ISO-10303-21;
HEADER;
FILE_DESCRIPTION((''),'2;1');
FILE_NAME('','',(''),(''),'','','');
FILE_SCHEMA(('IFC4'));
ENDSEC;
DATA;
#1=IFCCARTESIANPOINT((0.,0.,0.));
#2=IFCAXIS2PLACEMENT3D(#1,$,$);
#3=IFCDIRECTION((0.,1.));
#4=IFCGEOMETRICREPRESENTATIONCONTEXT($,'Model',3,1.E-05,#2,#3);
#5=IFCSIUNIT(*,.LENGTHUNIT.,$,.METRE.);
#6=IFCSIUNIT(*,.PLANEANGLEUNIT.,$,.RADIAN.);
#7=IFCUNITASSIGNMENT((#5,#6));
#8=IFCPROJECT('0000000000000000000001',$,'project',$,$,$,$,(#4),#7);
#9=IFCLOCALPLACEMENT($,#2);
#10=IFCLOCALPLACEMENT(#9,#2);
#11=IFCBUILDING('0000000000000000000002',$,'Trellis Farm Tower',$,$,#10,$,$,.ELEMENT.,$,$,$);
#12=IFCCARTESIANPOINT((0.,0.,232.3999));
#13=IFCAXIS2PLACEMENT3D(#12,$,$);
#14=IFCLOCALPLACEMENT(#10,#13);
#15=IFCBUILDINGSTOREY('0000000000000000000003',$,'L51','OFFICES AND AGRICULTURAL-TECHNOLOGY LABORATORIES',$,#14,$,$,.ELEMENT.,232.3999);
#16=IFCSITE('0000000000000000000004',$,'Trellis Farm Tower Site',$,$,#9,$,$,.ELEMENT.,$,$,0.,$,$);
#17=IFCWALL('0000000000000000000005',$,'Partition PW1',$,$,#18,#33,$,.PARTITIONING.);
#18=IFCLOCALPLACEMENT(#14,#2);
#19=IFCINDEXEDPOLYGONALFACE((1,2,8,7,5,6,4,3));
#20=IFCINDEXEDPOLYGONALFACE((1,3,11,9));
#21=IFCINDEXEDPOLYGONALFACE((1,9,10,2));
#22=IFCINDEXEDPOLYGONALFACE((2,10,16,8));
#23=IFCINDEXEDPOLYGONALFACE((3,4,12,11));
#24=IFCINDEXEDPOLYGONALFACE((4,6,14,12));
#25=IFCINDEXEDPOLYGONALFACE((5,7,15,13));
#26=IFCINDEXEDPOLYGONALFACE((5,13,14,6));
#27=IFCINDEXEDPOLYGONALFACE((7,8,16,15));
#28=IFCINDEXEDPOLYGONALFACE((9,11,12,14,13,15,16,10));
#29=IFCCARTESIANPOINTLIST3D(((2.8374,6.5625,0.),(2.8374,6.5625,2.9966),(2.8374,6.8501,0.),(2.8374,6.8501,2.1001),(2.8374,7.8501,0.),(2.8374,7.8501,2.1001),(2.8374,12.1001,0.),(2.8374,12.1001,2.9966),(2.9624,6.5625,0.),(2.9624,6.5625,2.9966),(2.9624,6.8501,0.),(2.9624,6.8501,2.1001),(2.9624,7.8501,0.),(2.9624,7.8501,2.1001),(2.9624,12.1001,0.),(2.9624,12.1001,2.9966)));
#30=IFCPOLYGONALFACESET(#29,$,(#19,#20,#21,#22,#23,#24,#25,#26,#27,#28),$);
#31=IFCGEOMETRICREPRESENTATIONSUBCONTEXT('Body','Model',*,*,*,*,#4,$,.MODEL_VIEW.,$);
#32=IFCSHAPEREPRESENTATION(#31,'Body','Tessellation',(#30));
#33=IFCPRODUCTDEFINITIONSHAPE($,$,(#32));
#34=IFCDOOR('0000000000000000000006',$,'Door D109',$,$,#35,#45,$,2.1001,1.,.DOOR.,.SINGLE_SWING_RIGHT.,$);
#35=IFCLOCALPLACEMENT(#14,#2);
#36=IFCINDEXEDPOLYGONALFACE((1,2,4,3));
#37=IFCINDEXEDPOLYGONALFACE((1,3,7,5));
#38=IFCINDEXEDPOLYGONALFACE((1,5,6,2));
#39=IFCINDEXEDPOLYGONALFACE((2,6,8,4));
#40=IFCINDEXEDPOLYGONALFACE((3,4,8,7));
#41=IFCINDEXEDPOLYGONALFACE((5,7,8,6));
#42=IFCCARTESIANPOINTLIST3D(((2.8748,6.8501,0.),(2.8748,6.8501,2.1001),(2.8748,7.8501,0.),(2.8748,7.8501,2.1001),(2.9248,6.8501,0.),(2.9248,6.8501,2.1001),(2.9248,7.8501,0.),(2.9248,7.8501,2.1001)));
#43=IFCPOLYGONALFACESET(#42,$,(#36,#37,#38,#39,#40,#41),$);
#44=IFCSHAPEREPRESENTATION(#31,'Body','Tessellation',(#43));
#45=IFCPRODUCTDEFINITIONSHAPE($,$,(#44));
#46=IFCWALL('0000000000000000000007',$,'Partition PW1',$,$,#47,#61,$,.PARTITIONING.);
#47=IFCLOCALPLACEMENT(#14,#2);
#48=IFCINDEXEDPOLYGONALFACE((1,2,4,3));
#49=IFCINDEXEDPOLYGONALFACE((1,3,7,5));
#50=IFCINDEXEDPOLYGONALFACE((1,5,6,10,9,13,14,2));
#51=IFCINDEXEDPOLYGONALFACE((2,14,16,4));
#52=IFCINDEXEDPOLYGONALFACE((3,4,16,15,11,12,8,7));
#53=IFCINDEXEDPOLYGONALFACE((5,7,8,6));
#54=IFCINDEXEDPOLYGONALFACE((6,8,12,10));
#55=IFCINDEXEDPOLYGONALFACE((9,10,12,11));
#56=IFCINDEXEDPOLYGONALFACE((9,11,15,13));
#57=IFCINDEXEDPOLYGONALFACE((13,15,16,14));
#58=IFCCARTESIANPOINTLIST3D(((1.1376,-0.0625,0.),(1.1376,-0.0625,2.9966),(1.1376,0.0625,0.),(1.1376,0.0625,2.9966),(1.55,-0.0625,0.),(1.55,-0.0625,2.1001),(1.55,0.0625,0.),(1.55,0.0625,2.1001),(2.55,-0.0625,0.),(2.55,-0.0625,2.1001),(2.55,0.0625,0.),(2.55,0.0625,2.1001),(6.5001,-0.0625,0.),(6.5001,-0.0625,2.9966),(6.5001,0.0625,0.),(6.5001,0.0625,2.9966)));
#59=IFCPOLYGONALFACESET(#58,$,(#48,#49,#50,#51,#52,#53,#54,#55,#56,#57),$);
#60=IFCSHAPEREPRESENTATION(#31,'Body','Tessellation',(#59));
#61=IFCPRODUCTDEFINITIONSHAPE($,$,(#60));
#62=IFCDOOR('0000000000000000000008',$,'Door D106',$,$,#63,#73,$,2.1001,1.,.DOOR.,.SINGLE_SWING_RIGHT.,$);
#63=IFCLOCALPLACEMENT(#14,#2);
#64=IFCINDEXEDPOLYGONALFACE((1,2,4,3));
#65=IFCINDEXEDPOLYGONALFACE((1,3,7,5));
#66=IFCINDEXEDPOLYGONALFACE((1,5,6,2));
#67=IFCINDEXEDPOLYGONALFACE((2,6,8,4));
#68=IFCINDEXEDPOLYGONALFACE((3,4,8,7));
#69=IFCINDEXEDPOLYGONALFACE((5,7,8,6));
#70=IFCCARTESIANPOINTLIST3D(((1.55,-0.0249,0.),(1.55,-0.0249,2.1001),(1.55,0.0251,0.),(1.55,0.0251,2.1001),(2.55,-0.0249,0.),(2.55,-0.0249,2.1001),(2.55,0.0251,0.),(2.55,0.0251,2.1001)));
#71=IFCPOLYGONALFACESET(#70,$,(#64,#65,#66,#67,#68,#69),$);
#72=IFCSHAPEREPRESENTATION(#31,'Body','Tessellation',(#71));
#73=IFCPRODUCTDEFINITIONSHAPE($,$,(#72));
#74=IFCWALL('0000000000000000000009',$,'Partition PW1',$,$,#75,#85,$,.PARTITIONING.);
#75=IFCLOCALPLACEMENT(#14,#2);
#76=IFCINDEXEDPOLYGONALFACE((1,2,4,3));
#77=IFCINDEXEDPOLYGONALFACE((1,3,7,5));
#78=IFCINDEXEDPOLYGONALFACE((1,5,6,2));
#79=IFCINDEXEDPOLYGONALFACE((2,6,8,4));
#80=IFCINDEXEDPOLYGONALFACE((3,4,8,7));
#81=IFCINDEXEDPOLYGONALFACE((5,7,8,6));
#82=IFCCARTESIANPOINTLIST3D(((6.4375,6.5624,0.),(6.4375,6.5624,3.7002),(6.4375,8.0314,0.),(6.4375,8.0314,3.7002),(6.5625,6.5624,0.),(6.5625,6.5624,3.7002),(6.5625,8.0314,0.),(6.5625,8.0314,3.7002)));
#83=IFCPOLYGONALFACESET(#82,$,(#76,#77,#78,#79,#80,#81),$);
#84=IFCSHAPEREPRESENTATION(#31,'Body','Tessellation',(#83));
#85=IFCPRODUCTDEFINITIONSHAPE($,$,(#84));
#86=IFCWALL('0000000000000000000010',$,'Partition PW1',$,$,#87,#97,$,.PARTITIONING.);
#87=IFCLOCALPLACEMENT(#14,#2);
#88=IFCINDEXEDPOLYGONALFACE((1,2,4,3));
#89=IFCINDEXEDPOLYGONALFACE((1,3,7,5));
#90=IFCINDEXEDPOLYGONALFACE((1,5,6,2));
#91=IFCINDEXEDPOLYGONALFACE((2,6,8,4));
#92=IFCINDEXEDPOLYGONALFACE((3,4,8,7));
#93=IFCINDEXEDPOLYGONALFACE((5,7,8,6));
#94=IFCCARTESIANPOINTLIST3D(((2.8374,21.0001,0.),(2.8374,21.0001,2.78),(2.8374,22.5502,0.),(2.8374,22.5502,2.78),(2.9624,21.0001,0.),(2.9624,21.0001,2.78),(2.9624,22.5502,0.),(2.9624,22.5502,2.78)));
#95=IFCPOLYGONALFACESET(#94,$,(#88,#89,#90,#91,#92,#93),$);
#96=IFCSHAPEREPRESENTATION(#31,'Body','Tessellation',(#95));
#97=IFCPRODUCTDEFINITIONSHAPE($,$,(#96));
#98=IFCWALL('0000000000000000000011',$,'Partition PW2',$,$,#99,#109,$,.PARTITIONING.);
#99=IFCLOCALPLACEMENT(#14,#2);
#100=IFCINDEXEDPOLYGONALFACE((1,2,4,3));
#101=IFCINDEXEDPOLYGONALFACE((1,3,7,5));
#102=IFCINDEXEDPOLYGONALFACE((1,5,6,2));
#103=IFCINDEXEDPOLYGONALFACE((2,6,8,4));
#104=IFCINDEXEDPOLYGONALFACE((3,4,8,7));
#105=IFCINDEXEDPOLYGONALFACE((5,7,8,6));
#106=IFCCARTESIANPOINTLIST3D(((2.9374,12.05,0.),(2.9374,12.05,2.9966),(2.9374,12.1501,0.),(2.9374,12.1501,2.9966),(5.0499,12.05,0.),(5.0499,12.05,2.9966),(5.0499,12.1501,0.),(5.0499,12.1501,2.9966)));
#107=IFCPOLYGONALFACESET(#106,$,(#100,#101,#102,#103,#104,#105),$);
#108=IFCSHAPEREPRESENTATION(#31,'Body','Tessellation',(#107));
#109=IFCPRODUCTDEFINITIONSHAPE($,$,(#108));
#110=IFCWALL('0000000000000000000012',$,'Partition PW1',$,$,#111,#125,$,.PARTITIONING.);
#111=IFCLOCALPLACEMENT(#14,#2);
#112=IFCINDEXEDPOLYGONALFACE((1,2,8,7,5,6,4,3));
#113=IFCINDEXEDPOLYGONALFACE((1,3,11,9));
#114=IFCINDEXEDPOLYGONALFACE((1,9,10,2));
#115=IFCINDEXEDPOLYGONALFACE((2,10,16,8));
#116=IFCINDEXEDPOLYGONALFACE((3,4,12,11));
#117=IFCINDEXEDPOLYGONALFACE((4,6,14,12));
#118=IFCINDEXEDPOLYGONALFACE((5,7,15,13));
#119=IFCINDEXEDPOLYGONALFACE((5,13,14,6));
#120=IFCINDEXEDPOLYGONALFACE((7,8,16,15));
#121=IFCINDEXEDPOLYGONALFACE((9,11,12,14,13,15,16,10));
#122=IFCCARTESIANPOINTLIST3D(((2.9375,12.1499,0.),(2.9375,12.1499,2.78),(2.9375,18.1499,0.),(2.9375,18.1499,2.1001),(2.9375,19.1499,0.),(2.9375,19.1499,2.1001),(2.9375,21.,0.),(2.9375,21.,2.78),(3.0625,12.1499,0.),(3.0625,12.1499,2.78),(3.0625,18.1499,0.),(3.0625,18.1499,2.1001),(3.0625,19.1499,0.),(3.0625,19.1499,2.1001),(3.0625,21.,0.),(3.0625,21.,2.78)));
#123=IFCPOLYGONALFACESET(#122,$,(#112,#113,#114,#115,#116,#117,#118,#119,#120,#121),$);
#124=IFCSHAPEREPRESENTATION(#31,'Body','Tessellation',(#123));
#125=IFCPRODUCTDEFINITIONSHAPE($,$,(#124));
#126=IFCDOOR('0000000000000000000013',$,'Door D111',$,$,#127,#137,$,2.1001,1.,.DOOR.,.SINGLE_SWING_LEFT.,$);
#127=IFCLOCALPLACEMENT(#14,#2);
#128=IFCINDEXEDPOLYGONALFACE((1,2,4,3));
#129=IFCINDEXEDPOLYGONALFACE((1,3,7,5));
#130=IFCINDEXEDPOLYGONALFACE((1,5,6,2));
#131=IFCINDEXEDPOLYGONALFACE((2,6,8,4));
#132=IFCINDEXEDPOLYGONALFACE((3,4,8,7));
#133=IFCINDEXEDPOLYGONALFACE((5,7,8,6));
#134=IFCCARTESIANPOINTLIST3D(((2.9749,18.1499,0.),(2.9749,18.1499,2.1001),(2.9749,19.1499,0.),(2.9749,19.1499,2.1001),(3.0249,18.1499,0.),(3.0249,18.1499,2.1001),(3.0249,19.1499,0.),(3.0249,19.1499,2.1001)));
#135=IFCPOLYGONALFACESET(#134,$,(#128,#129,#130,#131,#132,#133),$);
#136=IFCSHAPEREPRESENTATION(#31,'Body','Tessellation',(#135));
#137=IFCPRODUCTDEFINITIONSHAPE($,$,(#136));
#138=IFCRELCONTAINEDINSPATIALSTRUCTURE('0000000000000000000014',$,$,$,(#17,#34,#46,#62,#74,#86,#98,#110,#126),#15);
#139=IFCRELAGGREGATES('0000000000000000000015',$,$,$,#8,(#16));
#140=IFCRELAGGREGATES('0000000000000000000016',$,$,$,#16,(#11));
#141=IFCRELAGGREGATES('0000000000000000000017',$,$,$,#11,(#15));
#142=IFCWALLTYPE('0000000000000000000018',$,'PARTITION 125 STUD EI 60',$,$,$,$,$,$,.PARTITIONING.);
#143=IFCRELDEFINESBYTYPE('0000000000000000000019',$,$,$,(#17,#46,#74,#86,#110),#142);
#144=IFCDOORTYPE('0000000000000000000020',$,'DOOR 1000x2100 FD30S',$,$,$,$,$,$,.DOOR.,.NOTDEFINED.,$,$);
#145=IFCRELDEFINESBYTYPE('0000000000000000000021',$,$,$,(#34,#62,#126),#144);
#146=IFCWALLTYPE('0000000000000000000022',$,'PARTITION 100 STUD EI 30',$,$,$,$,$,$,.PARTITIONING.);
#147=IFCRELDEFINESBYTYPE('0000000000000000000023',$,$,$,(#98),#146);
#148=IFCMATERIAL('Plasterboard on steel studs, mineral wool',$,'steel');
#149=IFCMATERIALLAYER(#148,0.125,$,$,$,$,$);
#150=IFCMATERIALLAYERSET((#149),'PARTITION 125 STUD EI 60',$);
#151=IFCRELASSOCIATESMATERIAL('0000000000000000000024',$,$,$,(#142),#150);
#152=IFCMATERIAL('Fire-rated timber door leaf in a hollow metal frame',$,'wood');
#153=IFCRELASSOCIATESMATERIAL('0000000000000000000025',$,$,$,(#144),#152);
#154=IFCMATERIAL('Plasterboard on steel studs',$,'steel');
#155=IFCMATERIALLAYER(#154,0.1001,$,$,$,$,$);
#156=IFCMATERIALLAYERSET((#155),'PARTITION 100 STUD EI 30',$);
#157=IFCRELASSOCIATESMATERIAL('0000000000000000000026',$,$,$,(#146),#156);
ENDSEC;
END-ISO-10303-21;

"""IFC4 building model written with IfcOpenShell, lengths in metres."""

from ifc_helpers import new_model, si_unit, direction, frame, frame_2d, origin, place, context, subcontext, project, spatial, rectangle, extrude, source, transform, mapped, material, layer, layer_set, type_object, element, fill, save


model = new_model("IFC4")

# Units and contexts
model_context = context("Model", 3, precision=1e-05, world=origin(), true_north=direction((0.0, 1.0)))
body_context = subcontext(model_context, "Body", "Model", "MODEL_VIEW")
ifc_project = project(units=[si_unit("LENGTHUNIT", "METRE"), si_unit("PLANEANGLEUNIT", "RADIAN")], contexts=[model_context])

# Site, building, storey
site_placement = place(None, origin())
site = spatial("IfcSite", under=ifc_project, at=site_placement, Name="Trellis Farm Tower Site", CompositionType="ELEMENT", RefElevation=0.0)
building_placement = place(site_placement, origin())
building = spatial("IfcBuilding", under=site, at=building_placement, Name="Trellis Farm Tower", CompositionType="ELEMENT")
storey_placement = place(building_placement, frame((0.0, 0.0, 232.3999)))
storey = spatial("IfcBuildingStorey", under=building, at=storey_placement, Name="L51", Description="OFFICES AND AGRICULTURAL-TECHNOLOGY LABORATORIES", CompositionType="ELEMENT", Elevation=232.3999)

# Walls, openings, doors
ifc_material_1 = material(Name="Plasterboard on steel studs, mineral wool", Category="steel")
ifc_layer_1 = layer(ifc_material_1, 0.125)
ifc_layer_set_1 = layer_set([ifc_layer_1], Name="PARTITION 125 STUD EI 60")
wall_type_1 = type_object("IfcWallType", Name="PARTITION 125 STUD EI 60", PredefinedType="PARTITIONING", material=ifc_layer_set_1)
shared_shape_1 = source(origin(), body_context, "Body", "SweptSolid", [
    extrude(rectangle(XDim=5.5376, YDim=0.125, at=frame_2d((2.7688, 0.0))), origin(), (0.0, 0.0, 1.0), 2.9966),
])
wall_1_placement = place(storey_placement, frame((2.8999, 12.1001, 0.0), z_axis=(0.0, 0.0, 1.0), x_axis=(0.0, -1.0, 0.0)))
wall_1 = element("IfcWall", 1, at=wall_1_placement, inside=storey, type_object=wall_type_1, Name="Partition PW1", PredefinedType="PARTITIONING", context=body_context, shape_type="MappedRepresentation", body=[
    mapped(shared_shape_1, transform((0.0, 0.0, 0.0))),
])
shared_shape_2 = source(origin(), body_context, "Body", "SweptSolid", [
    extrude(rectangle(XDim=1.0, YDim=2.1001, at=frame_2d((0.5, 1.05))), frame((0.0, 0.0725, 0.0), z_axis=(0.0, -1.0, 0.0), x_axis=(1.0, 0.0, 0.0)), (0.0, 0.0, 1.0), 0.145),
])
opening_1_placement = place(wall_1_placement, frame((4.25, 0.0, 0.0)))
opening_1 = element("IfcOpeningElement", 2, at=opening_1_placement, cuts=wall_1, PredefinedType="OPENING", context=body_context, shape_type="MappedRepresentation", body=[
    mapped(shared_shape_2, transform((0.0, 0.0, 0.0))),
])
ifc_material_2 = material(Name="Fire-rated timber door leaf in a hollow metal frame", Category="wood")
door_type_1 = type_object("IfcDoorType", Name="DOOR 1000x2100 FD30S", OperationType="NOTDEFINED", PredefinedType="DOOR", material=ifc_material_2)
shared_shape_3 = source(origin(), body_context, "Body", "SweptSolid", [
    extrude(rectangle(XDim=1.0, YDim=2.1001, at=frame_2d((0.5, 1.05))), frame((0.0, 0.0249, 0.0), z_axis=(0.0, -1.0, 0.0), x_axis=(1.0, 0.0, 0.0)), (0.0, 0.0, 1.0), 0.05),
])
door_1_placement = place(opening_1_placement, origin())
door_1 = element("IfcDoor", 3, at=door_1_placement, inside=storey, type_object=door_type_1, Name="Door D109", OperationType="SINGLE_SWING_RIGHT", OverallHeight=2.1001, OverallWidth=1.0, PredefinedType="DOOR", context=body_context, shape_type="MappedRepresentation", body=[
    mapped(shared_shape_3, transform((0.0, 0.0, 0.0))),
])
fill(opening_1, door_1)
shared_shape_4 = source(origin(), body_context, "Body", "SweptSolid", [
    extrude(rectangle(XDim=5.3625, YDim=0.125, at=frame_2d((2.6812, 0.0))), origin(), (0.0, 0.0, 1.0), 2.9966),
])
wall_2_placement = place(storey_placement, frame((6.5, 0.0, 0.0), z_axis=(0.0, 0.0, 1.0), x_axis=(-1.0, 0.0, 0.0)))
wall_2 = element("IfcWall", 4, at=wall_2_placement, inside=storey, type_object=wall_type_1, Name="Partition PW1", PredefinedType="PARTITIONING", context=body_context, shape_type="MappedRepresentation", body=[
    mapped(shared_shape_4, transform((0.0, 0.0, 0.0))),
])
opening_2_placement = place(wall_2_placement, frame((3.95, 0.0, 0.0)))
opening_2 = element("IfcOpeningElement", 5, at=opening_2_placement, cuts=wall_2, PredefinedType="OPENING", context=body_context, shape_type="MappedRepresentation", body=[
    mapped(shared_shape_2, transform((0.0, 0.0, 0.0))),
])
door_2_placement = place(opening_2_placement, origin())
door_2 = element("IfcDoor", 6, at=door_2_placement, inside=storey, type_object=door_type_1, Name="Door D106", OperationType="SINGLE_SWING_RIGHT", OverallHeight=2.1001, OverallWidth=1.0, PredefinedType="DOOR", context=body_context, shape_type="MappedRepresentation", body=[
    mapped(shared_shape_3, transform((0.0, 0.0, 0.0))),
])
fill(opening_2, door_2)

# Walls
shared_shape_5 = source(origin(), body_context, "Body", "SweptSolid", [
    extrude(rectangle(XDim=1.469, YDim=0.125, at=frame_2d((0.7344, 0.0))), origin(), (0.0, 0.0, 1.0), 3.7002),
])
wall_3_placement = place(storey_placement, frame((6.5, 6.5625, 0.0), z_axis=(0.0, 0.0, 1.0), x_axis=(0.0, 1.0, 0.0)))
element("IfcWall", 7, at=wall_3_placement, inside=storey, type_object=wall_type_1, Name="Partition PW1", PredefinedType="PARTITIONING", context=body_context, shape_type="MappedRepresentation", body=[
    mapped(shared_shape_5, transform((0.0, 0.0, 0.0))),
])
shared_shape_6 = source(origin(), body_context, "Body", "SweptSolid", [
    extrude(rectangle(XDim=1.55, YDim=0.125, at=frame_2d((0.7749, 0.0))), origin(), (0.0, 0.0, 1.0), 2.78),
])
wall_4_placement = place(storey_placement, frame((2.8999, 22.55, 0.0), z_axis=(0.0, 0.0, 1.0), x_axis=(0.0, -1.0, 0.0)))
element("IfcWall", 8, at=wall_4_placement, inside=storey, type_object=wall_type_1, Name="Partition PW1", PredefinedType="PARTITIONING", context=body_context, shape_type="MappedRepresentation", body=[
    mapped(shared_shape_6, transform((0.0, 0.0, 0.0))),
])
ifc_material_3 = material(Name="Plasterboard on steel studs", Category="steel")
ifc_layer_2 = layer(ifc_material_3, 0.1001)
ifc_layer_set_2 = layer_set([ifc_layer_2], Name="PARTITION 100 STUD EI 30")
wall_type_2 = type_object("IfcWallType", Name="PARTITION 100 STUD EI 30", PredefinedType="PARTITIONING", material=ifc_layer_set_2)
shared_shape_7 = source(origin(), body_context, "Body", "SweptSolid", [
    extrude(rectangle(XDim=2.1125, YDim=0.1001, at=frame_2d((1.0562, 0.0))), origin(), (0.0, 0.0, 1.0), 2.9966),
])
wall_5_placement = place(storey_placement, frame((2.9375, 12.1001, 0.0), z_axis=(0.0, 0.0, 1.0), x_axis=(1.0, 0.0, 0.0)))
element("IfcWall", 9, at=wall_5_placement, inside=storey, type_object=wall_type_2, Name="Partition PW2", PredefinedType="PARTITIONING", context=body_context, shape_type="MappedRepresentation", body=[
    mapped(shared_shape_7, transform((0.0, 0.0, 0.0))),
])

# Wall, opening, door
shared_shape_8 = source(origin(), body_context, "Body", "SweptSolid", [
    extrude(rectangle(XDim=8.8501, YDim=0.125, at=frame_2d((4.425, 0.0))), origin(), (0.0, 0.0, 1.0), 2.78),
])
wall_6_placement = place(storey_placement, frame((3.0, 21.0, 0.0), z_axis=(0.0, 0.0, 1.0), x_axis=(0.0, -1.0, 0.0)))
wall_6 = element("IfcWall", 10, at=wall_6_placement, inside=storey, type_object=wall_type_1, Name="Partition PW1", PredefinedType="PARTITIONING", context=body_context, shape_type="MappedRepresentation", body=[
    mapped(shared_shape_8, transform((0.0, 0.0, 0.0))),
])
opening_3_placement = place(wall_6_placement, frame((1.8501, 0.0, 0.0)))
opening_3 = element("IfcOpeningElement", 11, at=opening_3_placement, cuts=wall_6, PredefinedType="OPENING", context=body_context, shape_type="MappedRepresentation", body=[
    mapped(shared_shape_2, transform((0.0, 0.0, 0.0))),
])
door_3_placement = place(opening_3_placement, origin())
door_3 = element("IfcDoor", 12, at=door_3_placement, inside=storey, type_object=door_type_1, Name="Door D111", OperationType="SINGLE_SWING_LEFT", OverallHeight=2.1001, OverallWidth=1.0, PredefinedType="DOOR", context=body_context, shape_type="MappedRepresentation", body=[
    mapped(shared_shape_3, transform((0.0, 0.0, 0.0))),
])
fill(opening_3, door_3)

save(model, "model.ifc")
